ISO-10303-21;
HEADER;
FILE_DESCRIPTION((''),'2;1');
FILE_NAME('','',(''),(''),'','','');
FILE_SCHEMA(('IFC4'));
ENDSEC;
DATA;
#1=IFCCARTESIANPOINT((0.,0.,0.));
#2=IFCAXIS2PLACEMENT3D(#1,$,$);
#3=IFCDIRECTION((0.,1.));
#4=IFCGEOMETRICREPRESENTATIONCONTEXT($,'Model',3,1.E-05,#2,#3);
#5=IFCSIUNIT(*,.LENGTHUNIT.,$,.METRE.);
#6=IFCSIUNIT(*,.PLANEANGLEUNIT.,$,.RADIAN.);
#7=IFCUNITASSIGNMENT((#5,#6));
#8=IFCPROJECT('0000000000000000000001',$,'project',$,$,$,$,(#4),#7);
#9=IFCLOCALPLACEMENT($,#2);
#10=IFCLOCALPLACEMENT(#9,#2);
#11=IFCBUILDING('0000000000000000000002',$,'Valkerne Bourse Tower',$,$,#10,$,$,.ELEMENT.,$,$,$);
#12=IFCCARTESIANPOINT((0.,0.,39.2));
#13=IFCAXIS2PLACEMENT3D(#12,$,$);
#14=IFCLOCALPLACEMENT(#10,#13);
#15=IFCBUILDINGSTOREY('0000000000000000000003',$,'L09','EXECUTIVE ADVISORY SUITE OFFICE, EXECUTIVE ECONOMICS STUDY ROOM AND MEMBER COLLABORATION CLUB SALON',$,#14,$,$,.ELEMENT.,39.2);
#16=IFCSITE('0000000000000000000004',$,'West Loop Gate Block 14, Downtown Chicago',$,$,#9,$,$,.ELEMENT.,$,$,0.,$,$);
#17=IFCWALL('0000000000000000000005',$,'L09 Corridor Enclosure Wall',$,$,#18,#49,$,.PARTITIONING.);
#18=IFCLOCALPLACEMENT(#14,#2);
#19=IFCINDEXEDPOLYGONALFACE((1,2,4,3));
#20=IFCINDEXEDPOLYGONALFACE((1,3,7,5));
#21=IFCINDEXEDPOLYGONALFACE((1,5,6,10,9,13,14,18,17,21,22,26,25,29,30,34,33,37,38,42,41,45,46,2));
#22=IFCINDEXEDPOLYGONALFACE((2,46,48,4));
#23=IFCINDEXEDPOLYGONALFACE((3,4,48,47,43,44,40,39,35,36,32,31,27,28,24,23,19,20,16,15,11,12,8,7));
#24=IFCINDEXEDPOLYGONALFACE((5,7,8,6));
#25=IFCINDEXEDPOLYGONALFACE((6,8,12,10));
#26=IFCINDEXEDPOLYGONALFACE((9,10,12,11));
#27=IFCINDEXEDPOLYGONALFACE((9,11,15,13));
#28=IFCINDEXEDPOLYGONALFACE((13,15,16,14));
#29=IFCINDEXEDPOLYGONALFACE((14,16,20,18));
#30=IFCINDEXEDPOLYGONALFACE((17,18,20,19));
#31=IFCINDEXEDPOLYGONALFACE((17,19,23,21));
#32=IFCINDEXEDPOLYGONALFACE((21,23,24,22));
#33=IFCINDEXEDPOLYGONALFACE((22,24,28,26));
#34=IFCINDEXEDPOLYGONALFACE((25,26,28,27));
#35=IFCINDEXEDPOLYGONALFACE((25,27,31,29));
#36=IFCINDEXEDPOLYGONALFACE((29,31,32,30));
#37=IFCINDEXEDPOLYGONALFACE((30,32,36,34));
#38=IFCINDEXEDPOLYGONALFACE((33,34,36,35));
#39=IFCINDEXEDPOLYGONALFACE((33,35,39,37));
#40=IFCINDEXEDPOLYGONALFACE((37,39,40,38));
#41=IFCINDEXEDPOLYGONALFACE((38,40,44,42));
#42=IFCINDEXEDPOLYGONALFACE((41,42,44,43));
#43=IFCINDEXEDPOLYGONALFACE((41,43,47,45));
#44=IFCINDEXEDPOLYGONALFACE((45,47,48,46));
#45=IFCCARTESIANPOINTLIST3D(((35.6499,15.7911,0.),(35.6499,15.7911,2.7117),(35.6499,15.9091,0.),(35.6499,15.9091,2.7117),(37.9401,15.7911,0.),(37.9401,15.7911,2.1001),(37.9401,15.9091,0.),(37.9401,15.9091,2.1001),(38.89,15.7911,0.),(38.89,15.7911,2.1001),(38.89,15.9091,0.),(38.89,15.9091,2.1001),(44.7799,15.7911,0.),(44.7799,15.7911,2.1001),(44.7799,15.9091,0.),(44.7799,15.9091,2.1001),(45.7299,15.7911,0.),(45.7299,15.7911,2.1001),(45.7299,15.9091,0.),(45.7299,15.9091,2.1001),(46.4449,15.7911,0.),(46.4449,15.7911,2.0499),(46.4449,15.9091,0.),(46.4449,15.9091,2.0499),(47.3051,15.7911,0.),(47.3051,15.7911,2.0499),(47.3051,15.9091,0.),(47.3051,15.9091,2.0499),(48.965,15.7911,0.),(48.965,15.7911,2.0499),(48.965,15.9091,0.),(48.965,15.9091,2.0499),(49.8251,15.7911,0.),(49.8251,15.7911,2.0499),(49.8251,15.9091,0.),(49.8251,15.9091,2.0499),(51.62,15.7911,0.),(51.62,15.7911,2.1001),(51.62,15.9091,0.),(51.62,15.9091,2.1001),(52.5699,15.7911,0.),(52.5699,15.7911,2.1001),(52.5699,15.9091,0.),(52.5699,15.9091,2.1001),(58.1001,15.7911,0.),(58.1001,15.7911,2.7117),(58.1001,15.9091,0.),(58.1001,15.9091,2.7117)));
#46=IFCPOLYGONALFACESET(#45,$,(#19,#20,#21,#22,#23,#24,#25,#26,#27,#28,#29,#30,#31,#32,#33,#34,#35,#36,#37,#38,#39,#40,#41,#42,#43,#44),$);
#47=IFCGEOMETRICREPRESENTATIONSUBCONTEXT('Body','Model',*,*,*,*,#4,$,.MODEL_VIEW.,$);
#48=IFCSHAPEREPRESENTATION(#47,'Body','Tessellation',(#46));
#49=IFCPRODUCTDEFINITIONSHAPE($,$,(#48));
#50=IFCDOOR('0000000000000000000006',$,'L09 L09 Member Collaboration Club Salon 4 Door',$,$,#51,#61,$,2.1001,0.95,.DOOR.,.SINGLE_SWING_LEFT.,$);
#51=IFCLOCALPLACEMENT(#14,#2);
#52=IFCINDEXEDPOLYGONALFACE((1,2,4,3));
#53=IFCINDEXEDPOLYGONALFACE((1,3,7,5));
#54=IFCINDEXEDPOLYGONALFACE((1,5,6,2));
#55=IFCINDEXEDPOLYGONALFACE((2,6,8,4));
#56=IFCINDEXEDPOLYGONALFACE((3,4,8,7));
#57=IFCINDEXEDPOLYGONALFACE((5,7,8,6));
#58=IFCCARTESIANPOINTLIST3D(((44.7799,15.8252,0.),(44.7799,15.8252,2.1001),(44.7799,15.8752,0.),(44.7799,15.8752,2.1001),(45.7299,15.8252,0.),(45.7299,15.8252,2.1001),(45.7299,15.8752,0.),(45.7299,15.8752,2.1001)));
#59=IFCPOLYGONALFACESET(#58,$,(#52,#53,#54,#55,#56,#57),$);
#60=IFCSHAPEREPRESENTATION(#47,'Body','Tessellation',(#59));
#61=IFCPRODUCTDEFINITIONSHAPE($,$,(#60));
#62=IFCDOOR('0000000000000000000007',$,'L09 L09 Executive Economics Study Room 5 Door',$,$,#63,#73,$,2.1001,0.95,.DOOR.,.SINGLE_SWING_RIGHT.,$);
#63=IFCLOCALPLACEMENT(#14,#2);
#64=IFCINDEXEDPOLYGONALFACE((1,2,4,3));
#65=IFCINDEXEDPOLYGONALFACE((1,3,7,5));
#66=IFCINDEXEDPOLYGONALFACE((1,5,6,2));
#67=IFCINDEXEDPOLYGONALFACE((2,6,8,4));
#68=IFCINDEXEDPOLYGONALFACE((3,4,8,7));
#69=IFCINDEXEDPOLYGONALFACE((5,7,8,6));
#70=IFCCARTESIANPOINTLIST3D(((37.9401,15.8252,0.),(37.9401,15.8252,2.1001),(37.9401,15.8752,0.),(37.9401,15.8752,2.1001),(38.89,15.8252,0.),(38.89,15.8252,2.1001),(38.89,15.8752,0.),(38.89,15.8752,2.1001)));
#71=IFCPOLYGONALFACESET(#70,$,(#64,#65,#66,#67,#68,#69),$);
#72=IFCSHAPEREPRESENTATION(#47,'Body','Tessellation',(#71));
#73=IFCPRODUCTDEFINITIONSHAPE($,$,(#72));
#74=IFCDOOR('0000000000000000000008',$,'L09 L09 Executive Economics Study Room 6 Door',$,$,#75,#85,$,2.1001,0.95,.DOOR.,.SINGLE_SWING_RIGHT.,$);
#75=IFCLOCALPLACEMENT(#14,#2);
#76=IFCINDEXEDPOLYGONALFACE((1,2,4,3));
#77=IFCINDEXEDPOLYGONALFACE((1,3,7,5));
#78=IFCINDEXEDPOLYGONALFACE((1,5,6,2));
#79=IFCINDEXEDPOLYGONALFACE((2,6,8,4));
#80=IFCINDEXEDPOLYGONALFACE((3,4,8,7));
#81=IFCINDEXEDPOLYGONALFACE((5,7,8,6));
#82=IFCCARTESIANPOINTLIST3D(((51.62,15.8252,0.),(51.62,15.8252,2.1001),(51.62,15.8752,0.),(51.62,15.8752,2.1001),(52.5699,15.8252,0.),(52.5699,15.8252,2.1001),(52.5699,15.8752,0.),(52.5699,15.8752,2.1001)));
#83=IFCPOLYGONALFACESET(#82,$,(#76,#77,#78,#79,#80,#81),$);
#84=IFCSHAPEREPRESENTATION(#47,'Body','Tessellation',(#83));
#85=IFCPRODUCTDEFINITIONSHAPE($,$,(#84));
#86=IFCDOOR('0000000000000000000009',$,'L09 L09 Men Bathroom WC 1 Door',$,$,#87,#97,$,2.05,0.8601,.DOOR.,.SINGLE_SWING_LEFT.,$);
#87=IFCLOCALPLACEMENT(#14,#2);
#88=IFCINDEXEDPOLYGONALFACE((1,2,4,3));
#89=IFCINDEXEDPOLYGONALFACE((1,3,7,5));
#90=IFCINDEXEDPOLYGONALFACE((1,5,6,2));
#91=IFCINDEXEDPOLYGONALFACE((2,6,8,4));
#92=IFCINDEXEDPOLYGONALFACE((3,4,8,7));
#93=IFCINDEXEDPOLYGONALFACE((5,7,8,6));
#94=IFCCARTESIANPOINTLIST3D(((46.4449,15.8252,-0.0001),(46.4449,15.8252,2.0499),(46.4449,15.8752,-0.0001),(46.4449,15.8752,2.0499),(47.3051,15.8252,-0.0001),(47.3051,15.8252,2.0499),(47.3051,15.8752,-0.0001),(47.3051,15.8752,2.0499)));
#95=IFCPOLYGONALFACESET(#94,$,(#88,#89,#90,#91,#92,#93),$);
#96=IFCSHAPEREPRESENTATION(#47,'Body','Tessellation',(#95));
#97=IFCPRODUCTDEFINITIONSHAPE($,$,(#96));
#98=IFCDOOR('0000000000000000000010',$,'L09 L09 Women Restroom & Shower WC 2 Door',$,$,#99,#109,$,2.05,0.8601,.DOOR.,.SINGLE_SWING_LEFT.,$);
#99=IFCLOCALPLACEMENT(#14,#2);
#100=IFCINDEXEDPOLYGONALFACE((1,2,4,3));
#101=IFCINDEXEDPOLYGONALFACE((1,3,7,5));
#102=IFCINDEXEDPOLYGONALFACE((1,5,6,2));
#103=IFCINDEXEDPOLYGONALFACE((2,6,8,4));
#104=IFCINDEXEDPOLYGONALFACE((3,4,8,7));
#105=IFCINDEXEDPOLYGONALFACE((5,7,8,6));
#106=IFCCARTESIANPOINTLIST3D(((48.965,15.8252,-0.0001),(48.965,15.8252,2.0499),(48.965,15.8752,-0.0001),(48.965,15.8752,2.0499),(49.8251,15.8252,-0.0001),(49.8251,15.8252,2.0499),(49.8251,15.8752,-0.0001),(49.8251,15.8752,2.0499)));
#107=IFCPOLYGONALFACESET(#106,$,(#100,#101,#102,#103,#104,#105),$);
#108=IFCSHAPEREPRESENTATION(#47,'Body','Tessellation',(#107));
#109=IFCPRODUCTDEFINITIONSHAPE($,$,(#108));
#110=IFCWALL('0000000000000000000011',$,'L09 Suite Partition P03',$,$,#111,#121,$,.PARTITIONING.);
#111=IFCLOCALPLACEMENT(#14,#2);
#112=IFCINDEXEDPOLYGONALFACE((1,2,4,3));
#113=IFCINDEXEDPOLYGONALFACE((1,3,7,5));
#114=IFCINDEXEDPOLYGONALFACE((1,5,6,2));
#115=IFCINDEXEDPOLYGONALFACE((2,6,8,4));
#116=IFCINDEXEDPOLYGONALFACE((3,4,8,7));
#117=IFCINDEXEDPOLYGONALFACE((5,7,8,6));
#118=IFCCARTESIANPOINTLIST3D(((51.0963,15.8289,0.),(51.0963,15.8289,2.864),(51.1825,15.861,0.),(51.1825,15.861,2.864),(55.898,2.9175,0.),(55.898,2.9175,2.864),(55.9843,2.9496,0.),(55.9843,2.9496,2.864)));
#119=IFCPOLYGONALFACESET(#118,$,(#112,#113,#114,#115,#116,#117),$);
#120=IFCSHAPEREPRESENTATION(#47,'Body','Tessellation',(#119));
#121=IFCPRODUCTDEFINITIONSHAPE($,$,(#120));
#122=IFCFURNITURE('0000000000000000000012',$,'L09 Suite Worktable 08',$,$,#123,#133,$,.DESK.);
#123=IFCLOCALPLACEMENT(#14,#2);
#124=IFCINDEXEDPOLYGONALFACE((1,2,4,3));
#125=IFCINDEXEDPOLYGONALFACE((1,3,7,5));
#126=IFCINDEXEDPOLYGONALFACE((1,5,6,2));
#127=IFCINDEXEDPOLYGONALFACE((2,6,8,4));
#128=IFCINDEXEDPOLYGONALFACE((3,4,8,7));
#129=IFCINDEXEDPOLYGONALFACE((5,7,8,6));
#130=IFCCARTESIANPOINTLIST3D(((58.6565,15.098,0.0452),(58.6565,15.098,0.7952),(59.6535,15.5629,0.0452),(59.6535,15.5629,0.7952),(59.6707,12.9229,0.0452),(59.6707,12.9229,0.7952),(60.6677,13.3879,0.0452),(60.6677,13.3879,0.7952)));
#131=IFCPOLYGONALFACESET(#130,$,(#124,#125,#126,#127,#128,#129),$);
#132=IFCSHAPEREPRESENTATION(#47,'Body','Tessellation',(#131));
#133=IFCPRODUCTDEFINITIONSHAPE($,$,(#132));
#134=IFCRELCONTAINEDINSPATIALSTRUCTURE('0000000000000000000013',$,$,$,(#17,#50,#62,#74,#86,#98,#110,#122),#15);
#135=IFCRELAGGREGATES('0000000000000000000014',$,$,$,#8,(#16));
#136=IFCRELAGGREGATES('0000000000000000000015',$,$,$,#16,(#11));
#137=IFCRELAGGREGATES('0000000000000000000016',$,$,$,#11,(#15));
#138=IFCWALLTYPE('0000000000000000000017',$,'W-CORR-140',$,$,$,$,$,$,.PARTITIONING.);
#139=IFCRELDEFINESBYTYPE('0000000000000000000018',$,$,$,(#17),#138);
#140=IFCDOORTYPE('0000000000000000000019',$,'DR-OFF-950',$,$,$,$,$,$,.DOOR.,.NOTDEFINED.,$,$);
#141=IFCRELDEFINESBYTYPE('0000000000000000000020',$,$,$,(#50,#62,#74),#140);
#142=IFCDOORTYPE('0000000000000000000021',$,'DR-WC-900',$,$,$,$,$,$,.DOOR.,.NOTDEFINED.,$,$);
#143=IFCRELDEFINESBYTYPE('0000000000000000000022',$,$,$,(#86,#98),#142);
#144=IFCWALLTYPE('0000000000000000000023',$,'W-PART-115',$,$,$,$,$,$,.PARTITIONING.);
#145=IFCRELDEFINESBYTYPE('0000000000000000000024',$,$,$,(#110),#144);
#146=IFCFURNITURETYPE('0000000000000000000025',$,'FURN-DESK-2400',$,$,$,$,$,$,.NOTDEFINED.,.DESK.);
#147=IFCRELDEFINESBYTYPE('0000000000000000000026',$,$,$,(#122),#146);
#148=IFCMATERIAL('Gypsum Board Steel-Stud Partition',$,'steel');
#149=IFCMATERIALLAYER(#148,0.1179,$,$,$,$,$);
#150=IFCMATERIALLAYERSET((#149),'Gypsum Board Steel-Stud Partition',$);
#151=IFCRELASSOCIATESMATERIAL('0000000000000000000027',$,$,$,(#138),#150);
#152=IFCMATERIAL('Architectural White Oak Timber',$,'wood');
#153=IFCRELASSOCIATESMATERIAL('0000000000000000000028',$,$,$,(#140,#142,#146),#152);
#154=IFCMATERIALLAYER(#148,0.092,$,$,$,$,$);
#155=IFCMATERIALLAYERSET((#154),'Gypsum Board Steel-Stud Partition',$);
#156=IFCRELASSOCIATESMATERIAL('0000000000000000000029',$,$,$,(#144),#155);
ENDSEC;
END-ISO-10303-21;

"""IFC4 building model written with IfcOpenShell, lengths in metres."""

from ifc_helpers import new_model, si_unit, direction, frame, frame_2d, origin, origin_2d, place, context, subcontext, project, spatial, rectangle, extrude, material, layer, layer_set, type_object, element, fill, save


model = new_model("IFC4")

# Units and contexts
model_context = context("Model", 3, precision=1e-05, world=origin(), true_north=direction((0.0, 1.0)))
body_context = subcontext(model_context, "Body", "Model", "MODEL_VIEW")
ifc_project = project(units=[si_unit("LENGTHUNIT", "METRE"), si_unit("PLANEANGLEUNIT", "RADIAN")], contexts=[model_context])

# Site, building, storey
site_placement = place(None, origin())
site = spatial("IfcSite", under=ifc_project, at=site_placement, Name="West Loop Gate Block 14, Downtown Chicago", CompositionType="ELEMENT", RefElevation=0.0)
building_placement = place(site_placement, origin())
building = spatial("IfcBuilding", under=site, at=building_placement, Name="Valkerne Bourse Tower", CompositionType="ELEMENT")
storey_placement = place(building_placement, frame((0.0, 0.0, 39.2)))
storey = spatial("IfcBuildingStorey", under=building, at=storey_placement, Name="L09", Description="EXECUTIVE ADVISORY SUITE OFFICE, EXECUTIVE ECONOMICS STUDY ROOM AND MEMBER COLLABORATION CLUB SALON", CompositionType="ELEMENT", Elevation=39.2)

# Wall, openings, doors
ifc_material_1 = material(Name="Gypsum Board Steel-Stud Partition", Category="steel")
ifc_layer_1 = layer(ifc_material_1, 0.1179)
ifc_layer_set_1 = layer_set([ifc_layer_1], Name="Gypsum Board Steel-Stud Partition")
wall_type_1 = type_object("IfcWallType", Name="W-CORR-140", PredefinedType="PARTITIONING", material=ifc_layer_set_1)
wall_1_placement = place(storey_placement, frame((58.1001, 15.8501, 0.0), z_axis=(0.0, 0.0, 1.0), x_axis=(-1.0, 0.0, 0.0)))
wall_1 = element("IfcWall", 1, at=wall_1_placement, inside=storey, type_object=wall_type_1, Name="L09 Corridor Enclosure Wall", PredefinedType="PARTITIONING", context=body_context, shape_type="SweptSolid", body=[
    extrude(rectangle(XDim=22.4502, YDim=0.1179, at=frame_2d((11.2251, 0.0))), origin(), (0.0, 0.0, 1.0), 2.7117),
])
opening_1_placement = place(wall_1_placement, frame((10.7949, 0.0, 0.0)))
opening_1 = element("IfcOpeningElement", 2, at=opening_1_placement, cuts=wall_1, PredefinedType="OPENING", context=body_context, shape_type="SweptSolid", body=[
    extrude(rectangle(XDim=0.8601, YDim=2.05, at=frame_2d((0.4302, 1.0249))), frame((0.0, 0.0688, 0.0), z_axis=(0.0, -1.0, 0.0), x_axis=(1.0, 0.0, 0.0)), (0.0, 0.0, 1.0), 0.1379),
])
opening_2_placement = place(wall_1_placement, frame((8.2749, 0.0, 0.0)))
opening_2 = element("IfcOpeningElement", 3, at=opening_2_placement, cuts=wall_1, PredefinedType="OPENING", context=body_context, shape_type="SweptSolid", body=[
    extrude(rectangle(XDim=0.8601, YDim=2.05, at=frame_2d((0.4302, 1.0249))), frame((0.0, 0.0688, 0.0), z_axis=(0.0, -1.0, 0.0), x_axis=(1.0, 0.0, 0.0)), (0.0, 0.0, 1.0), 0.1379),
])
opening_3_placement = place(wall_1_placement, frame((12.3701, 0.0, 0.0)))
opening_3 = element("IfcOpeningElement", 4, at=opening_3_placement, cuts=wall_1, PredefinedType="OPENING", context=body_context, shape_type="SweptSolid", body=[
    extrude(rectangle(XDim=0.95, YDim=2.1001, at=frame_2d((0.4751, 1.05))), frame((0.0, 0.0688, 0.0), z_axis=(0.0, -1.0, 0.0), x_axis=(1.0, 0.0, 0.0)), (0.0, 0.0, 1.0), 0.1379),
])
opening_4_placement = place(wall_1_placement, frame((19.21, 0.0, 0.0)))
opening_4 = element("IfcOpeningElement", 5, at=opening_4_placement, cuts=wall_1, PredefinedType="OPENING", context=body_context, shape_type="SweptSolid", body=[
    extrude(rectangle(XDim=0.95, YDim=2.1001, at=frame_2d((0.4751, 1.05))), frame((0.0, 0.0688, 0.0), z_axis=(0.0, -1.0, 0.0), x_axis=(1.0, 0.0, 0.0)), (0.0, 0.0, 1.0), 0.1379),
])
opening_5_placement = place(wall_1_placement, frame((5.53, 0.0, 0.0)))
opening_5 = element("IfcOpeningElement", 6, at=opening_5_placement, cuts=wall_1, PredefinedType="OPENING", context=body_context, shape_type="SweptSolid", body=[
    extrude(rectangle(XDim=0.95, YDim=2.1001, at=frame_2d((0.4751, 1.05))), frame((0.0, 0.0688, 0.0), z_axis=(0.0, -1.0, 0.0), x_axis=(1.0, 0.0, 0.0)), (0.0, 0.0, 1.0), 0.1379),
])
ifc_material_2 = material(Name="Architectural White Oak Timber", Category="wood")
door_type_1 = type_object("IfcDoorType", Name="DR-OFF-950", OperationType="NOTDEFINED", PredefinedType="DOOR", material=ifc_material_2)
door_1_placement = place(opening_3_placement, origin())
door_1 = element("IfcDoor", 7, at=door_1_placement, inside=storey, type_object=door_type_1, Name="L09 L09 Member Collaboration Club Salon 4 Door", OperationType="SINGLE_SWING_LEFT", OverallHeight=2.1001, OverallWidth=0.95, PredefinedType="DOOR", context=body_context, shape_type="SweptSolid", body=[
    extrude(rectangle(XDim=0.95, YDim=2.1001, at=frame_2d((0.4751, 1.05))), frame((0.0, 0.0249, 0.0), z_axis=(0.0, -1.0, 0.0), x_axis=(1.0, 0.0, 0.0)), (0.0, 0.0, 1.0), 0.05),
])
fill(opening_3, door_1)
door_2_placement = place(opening_4_placement, origin())
door_2 = element("IfcDoor", 8, at=door_2_placement, inside=storey, type_object=door_type_1, Name="L09 L09 Executive Economics Study Room 5 Door", OperationType="SINGLE_SWING_RIGHT", OverallHeight=2.1001, OverallWidth=0.95, PredefinedType="DOOR", context=body_context, shape_type="SweptSolid", body=[
    extrude(rectangle(XDim=0.95, YDim=2.1001, at=frame_2d((0.4751, 1.05))), frame((0.0, 0.0249, 0.0), z_axis=(0.0, -1.0, 0.0), x_axis=(1.0, 0.0, 0.0)), (0.0, 0.0, 1.0), 0.05),
])
fill(opening_4, door_2)
door_3_placement = place(opening_5_placement, origin())
door_3 = element("IfcDoor", 9, at=door_3_placement, inside=storey, type_object=door_type_1, Name="L09 L09 Executive Economics Study Room 6 Door", OperationType="SINGLE_SWING_RIGHT", OverallHeight=2.1001, OverallWidth=0.95, PredefinedType="DOOR", context=body_context, shape_type="SweptSolid", body=[
    extrude(rectangle(XDim=0.95, YDim=2.1001, at=frame_2d((0.4751, 1.05))), frame((0.0, 0.0249, 0.0), z_axis=(0.0, -1.0, 0.0), x_axis=(1.0, 0.0, 0.0)), (0.0, 0.0, 1.0), 0.05),
])
fill(opening_5, door_3)
door_type_2 = type_object("IfcDoorType", Name="DR-WC-900", OperationType="NOTDEFINED", PredefinedType="DOOR", material=ifc_material_2)
door_4_placement = place(opening_1_placement, origin())
door_4 = element("IfcDoor", 10, at=door_4_placement, inside=storey, type_object=door_type_2, Name="L09 L09 Men Bathroom WC 1 Door", OperationType="SINGLE_SWING_LEFT", OverallHeight=2.05, OverallWidth=0.8601, PredefinedType="DOOR", context=body_context, shape_type="SweptSolid", body=[
    extrude(rectangle(XDim=0.8601, YDim=2.05, at=frame_2d((0.4302, 1.0249))), frame((0.0, 0.0249, 0.0), z_axis=(0.0, -1.0, 0.0), x_axis=(1.0, 0.0, 0.0)), (0.0, 0.0, 1.0), 0.05),
])
fill(opening_1, door_4)
door_5_placement = place(opening_2_placement, origin())
door_5 = element("IfcDoor", 11, at=door_5_placement, inside=storey, type_object=door_type_2, Name="L09 L09 Women Restroom & Shower WC 2 Door", OperationType="SINGLE_SWING_LEFT", OverallHeight=2.05, OverallWidth=0.8601, PredefinedType="DOOR", context=body_context, shape_type="SweptSolid", body=[
    extrude(rectangle(XDim=0.8601, YDim=2.05, at=frame_2d((0.4302, 1.0249))), frame((0.0, 0.0249, 0.0), z_axis=(0.0, -1.0, 0.0), x_axis=(1.0, 0.0, 0.0)), (0.0, 0.0, 1.0), 0.05),
])
fill(opening_2, door_5)

# Wall
ifc_layer_2 = layer(ifc_material_1, 0.092)
ifc_layer_set_2 = layer_set([ifc_layer_2], Name="Gypsum Board Steel-Stud Partition")
wall_type_2 = type_object("IfcWallType", Name="W-PART-115", PredefinedType="PARTITIONING", material=ifc_layer_set_2)
wall_2_placement = place(storey_placement, frame((51.1394, 15.845, 0.0), z_axis=(0.0, 0.0, 1.0), x_axis=(0.348576, -0.937281, 0.0)))
element("IfcWall", 12, at=wall_2_placement, inside=storey, type_object=wall_type_2, Name="L09 Suite Partition P03", PredefinedType="PARTITIONING", context=body_context, shape_type="SweptSolid", body=[
    extrude(rectangle(XDim=13.7754, YDim=0.092, at=frame_2d((6.8877, 0.0))), origin(), (0.0, 0.0, 1.0), 2.864),
])

# Furniture
furniture_type = type_object("IfcFurnitureType", Name="FURN-DESK-2400", AssemblyPlace="NOTDEFINED", PredefinedType="DESK", material=ifc_material_2)
furniture_placement = place(storey_placement, frame((59.6621, 14.2429, 0.0452), z_axis=(0.0, 0.0, 1.0), x_axis=(-0.422618, 0.906308, 0.0)))
element("IfcFurniture", 13, at=furniture_placement, inside=storey, type_object=furniture_type, Name="L09 Suite Worktable 08", PredefinedType="DESK", context=body_context, shape_type="SweptSolid", body=[
    extrude(rectangle(XDim=2.3999, YDim=1.1001, at=origin_2d()), origin(), (0.0, 0.0, 1.0), 0.75),
])

save(model, "model.ifc")
